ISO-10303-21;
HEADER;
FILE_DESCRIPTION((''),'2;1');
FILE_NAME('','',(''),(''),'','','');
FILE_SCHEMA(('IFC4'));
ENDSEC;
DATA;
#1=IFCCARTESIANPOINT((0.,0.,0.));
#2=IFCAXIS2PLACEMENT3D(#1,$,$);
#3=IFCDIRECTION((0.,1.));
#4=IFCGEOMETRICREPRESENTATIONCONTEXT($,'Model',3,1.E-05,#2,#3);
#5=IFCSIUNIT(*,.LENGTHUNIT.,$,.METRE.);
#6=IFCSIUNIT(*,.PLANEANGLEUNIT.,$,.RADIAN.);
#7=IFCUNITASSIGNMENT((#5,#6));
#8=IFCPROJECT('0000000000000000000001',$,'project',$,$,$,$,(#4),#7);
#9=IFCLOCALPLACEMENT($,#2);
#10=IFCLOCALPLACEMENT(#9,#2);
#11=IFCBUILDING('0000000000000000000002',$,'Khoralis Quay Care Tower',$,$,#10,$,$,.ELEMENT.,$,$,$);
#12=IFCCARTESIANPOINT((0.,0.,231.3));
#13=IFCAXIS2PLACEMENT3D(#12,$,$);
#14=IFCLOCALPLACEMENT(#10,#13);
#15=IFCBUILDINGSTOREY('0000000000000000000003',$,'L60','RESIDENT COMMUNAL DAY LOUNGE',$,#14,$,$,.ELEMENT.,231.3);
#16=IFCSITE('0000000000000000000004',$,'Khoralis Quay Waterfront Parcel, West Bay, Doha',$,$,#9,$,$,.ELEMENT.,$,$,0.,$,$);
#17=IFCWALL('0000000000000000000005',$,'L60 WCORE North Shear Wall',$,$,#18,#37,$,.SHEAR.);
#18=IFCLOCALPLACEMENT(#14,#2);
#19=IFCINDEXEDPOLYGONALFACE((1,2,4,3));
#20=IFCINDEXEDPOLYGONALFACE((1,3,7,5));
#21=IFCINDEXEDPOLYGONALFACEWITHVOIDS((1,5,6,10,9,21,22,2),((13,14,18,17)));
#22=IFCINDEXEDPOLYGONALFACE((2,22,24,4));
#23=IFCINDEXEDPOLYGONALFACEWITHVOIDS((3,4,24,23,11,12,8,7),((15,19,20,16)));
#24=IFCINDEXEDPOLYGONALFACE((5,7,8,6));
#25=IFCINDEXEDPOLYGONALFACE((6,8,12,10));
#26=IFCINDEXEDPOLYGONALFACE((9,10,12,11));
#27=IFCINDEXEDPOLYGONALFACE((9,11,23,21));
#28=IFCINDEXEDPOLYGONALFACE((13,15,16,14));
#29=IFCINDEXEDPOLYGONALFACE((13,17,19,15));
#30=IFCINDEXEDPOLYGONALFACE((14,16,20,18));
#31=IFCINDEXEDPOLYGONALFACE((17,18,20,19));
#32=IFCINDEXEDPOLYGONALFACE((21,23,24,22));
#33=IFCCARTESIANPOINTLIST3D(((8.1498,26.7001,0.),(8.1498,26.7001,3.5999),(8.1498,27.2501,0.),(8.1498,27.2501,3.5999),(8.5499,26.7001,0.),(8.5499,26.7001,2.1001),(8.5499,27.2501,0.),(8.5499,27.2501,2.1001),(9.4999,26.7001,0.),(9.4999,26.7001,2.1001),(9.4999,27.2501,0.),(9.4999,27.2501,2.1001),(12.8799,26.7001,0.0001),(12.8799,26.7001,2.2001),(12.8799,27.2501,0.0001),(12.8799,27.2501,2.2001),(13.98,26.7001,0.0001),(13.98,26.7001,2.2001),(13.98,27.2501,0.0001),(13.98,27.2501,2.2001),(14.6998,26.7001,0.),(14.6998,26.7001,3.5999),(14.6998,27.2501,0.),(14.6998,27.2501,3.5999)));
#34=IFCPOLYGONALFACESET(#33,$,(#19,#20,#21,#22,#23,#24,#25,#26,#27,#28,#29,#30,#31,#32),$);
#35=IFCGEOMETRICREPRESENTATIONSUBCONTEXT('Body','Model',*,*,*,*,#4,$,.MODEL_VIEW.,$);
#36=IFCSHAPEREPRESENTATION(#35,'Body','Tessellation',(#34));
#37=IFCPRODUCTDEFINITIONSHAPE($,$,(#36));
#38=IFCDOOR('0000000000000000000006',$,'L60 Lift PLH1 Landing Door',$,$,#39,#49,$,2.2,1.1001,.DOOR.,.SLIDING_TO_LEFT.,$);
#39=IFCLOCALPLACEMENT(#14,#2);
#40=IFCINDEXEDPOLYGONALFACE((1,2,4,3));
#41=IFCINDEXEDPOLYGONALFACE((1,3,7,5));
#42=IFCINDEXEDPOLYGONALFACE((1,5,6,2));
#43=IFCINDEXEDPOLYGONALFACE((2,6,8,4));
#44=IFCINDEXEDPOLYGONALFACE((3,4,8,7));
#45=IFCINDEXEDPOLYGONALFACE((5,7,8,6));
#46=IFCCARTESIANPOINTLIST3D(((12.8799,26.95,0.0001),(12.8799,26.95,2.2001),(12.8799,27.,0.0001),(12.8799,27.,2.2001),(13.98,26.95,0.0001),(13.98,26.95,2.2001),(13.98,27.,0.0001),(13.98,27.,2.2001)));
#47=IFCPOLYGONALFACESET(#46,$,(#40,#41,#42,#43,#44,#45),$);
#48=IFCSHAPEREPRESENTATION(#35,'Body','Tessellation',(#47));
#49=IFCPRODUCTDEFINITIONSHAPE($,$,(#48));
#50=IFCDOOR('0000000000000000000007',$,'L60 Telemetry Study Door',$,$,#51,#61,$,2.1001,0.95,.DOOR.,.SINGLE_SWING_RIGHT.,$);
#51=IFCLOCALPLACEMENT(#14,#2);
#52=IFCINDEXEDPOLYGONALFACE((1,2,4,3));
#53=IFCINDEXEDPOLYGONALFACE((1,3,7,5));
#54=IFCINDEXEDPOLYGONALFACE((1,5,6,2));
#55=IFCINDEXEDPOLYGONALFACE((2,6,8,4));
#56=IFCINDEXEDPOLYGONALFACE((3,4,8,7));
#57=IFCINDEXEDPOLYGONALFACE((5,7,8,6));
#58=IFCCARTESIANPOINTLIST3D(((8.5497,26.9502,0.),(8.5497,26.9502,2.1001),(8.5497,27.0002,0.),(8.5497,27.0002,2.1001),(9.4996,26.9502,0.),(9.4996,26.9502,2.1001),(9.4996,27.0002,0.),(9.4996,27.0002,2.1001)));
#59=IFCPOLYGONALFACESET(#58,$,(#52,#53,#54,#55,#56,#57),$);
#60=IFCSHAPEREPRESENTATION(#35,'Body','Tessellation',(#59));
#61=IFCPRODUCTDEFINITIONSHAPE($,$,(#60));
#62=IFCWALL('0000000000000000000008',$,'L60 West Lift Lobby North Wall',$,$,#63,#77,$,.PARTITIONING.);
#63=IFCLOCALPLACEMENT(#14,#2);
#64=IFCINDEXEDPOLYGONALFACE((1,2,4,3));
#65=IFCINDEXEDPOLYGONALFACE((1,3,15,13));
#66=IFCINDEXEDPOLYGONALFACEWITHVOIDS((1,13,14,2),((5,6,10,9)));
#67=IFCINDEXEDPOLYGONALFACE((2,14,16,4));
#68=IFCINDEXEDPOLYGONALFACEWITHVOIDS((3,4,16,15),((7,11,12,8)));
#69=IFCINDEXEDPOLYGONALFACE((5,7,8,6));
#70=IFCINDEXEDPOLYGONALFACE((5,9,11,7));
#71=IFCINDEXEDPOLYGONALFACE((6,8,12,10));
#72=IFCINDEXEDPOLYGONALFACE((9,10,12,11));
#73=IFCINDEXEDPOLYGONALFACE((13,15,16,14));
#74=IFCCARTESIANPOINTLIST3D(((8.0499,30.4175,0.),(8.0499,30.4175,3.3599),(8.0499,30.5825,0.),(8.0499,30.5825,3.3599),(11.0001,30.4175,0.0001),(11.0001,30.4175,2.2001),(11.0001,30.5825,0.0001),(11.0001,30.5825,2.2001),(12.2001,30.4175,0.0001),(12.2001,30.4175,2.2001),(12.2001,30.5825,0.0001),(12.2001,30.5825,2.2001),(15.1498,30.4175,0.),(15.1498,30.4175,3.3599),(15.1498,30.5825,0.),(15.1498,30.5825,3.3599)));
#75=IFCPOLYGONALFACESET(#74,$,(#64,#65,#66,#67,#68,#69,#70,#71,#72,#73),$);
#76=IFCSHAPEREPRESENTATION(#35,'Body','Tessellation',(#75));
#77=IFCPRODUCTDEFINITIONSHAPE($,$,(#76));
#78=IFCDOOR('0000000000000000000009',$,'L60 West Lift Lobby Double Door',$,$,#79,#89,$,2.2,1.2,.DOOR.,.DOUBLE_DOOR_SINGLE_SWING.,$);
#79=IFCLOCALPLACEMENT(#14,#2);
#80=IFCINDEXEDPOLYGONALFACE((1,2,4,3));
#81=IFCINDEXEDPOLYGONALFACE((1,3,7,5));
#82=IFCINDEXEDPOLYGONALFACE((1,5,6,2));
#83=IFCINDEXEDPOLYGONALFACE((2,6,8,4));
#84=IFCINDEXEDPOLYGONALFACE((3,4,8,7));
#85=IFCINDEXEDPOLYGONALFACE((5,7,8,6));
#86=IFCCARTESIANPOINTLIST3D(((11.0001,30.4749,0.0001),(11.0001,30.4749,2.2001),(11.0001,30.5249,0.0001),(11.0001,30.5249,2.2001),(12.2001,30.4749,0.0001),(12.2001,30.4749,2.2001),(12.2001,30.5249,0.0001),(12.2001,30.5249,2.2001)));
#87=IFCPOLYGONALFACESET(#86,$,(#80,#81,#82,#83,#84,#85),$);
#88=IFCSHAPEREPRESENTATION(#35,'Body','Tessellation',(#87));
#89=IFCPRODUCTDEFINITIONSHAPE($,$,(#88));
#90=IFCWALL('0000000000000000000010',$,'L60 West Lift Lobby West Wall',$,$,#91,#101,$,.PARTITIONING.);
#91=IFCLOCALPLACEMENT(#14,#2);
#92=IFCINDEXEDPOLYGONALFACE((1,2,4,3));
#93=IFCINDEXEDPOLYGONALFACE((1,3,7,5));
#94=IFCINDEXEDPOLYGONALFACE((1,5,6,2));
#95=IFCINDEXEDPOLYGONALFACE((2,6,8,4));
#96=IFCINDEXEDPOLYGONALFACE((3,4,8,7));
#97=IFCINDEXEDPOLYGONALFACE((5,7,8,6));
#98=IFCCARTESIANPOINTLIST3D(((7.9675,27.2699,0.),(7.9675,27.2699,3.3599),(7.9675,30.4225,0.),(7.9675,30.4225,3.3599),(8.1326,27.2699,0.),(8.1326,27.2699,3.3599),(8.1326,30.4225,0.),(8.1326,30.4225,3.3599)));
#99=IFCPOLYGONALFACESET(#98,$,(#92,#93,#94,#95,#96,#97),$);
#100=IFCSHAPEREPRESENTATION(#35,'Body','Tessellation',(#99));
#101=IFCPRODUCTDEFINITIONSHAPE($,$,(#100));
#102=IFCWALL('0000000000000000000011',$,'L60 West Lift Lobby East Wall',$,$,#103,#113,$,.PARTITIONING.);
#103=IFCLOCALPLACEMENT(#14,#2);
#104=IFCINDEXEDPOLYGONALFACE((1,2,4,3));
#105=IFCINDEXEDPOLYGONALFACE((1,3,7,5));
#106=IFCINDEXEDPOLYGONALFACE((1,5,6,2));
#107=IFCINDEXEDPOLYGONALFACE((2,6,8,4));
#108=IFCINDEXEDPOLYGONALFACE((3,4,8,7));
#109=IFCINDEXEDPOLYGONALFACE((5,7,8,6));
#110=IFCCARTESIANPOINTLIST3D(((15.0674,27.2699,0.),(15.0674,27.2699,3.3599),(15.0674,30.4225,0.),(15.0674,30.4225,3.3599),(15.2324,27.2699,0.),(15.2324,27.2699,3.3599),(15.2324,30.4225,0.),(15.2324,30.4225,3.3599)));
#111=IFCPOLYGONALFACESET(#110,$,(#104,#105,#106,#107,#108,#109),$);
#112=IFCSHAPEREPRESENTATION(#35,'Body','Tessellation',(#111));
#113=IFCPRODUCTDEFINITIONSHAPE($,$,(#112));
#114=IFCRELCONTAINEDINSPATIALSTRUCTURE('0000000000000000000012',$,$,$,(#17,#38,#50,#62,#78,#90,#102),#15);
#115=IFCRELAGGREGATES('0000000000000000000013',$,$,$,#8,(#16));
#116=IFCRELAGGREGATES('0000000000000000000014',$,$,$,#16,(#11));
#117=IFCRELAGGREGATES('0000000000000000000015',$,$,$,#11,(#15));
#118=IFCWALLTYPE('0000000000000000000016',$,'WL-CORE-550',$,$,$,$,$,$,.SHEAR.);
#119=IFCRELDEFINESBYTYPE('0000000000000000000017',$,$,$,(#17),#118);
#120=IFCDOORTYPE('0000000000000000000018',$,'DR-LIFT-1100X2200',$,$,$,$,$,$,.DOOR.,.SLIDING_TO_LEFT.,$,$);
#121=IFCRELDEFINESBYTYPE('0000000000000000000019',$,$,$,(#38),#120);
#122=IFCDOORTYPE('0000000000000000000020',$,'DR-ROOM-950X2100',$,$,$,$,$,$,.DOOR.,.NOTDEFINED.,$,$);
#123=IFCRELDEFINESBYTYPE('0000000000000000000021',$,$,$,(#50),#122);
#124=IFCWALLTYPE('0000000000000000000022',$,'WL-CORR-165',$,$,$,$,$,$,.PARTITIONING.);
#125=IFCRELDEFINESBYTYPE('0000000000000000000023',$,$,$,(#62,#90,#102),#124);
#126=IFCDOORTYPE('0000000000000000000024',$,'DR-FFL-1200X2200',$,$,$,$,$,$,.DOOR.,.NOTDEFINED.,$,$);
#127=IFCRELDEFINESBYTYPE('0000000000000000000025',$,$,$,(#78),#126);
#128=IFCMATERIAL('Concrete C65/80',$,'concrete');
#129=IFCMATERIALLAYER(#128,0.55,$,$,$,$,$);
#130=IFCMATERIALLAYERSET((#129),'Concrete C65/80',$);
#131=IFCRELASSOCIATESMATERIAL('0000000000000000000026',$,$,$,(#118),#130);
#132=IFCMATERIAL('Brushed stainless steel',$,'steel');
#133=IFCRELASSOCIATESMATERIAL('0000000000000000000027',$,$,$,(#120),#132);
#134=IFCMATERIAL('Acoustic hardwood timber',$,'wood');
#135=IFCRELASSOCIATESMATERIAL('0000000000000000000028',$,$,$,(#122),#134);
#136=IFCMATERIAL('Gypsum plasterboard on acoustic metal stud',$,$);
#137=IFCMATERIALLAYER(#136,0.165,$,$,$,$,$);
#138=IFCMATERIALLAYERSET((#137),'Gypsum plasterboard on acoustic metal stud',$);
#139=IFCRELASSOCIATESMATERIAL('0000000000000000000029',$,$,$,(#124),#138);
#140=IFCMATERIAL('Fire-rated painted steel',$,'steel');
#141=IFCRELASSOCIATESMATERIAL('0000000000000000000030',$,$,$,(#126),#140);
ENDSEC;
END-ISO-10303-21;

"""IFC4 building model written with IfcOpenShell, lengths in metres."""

from ifc_helpers import new_model, si_unit, direction, frame, frame_2d, origin, place, context, subcontext, project, spatial, rectangle, extrude, source, transform, mapped, material, layer, layer_set, type_object, element, fill, save


model = new_model("IFC4")

# Units and contexts
model_context = context("Model", 3, precision=1e-05, world=origin(), true_north=direction((0.0, 1.0)))
body_context = subcontext(model_context, "Body", "Model", "MODEL_VIEW")
ifc_project = project(units=[si_unit("LENGTHUNIT", "METRE"), si_unit("PLANEANGLEUNIT", "RADIAN")], contexts=[model_context])

# Site, building, storey
site_placement = place(None, origin())
site = spatial("IfcSite", under=ifc_project, at=site_placement, Name="Khoralis Quay Waterfront Parcel, West Bay, Doha", CompositionType="ELEMENT", RefElevation=0.0)
building_placement = place(site_placement, origin())
building = spatial("IfcBuilding", under=site, at=building_placement, Name="Khoralis Quay Care Tower", CompositionType="ELEMENT")
storey_placement = place(building_placement, frame((0.0, 0.0, 231.3)))
storey = spatial("IfcBuildingStorey", under=building, at=storey_placement, Name="L60", Description="RESIDENT COMMUNAL DAY LOUNGE", CompositionType="ELEMENT", Elevation=231.3)

# Wall, openings, doors
ifc_material_1 = material(Name="Concrete C65/80", Category="concrete")
ifc_layer_1 = layer(ifc_material_1, 0.55)
ifc_layer_set_1 = layer_set([ifc_layer_1], Name="Concrete C65/80")
wall_type_1 = type_object("IfcWallType", Name="WL-CORE-550", PredefinedType="SHEAR", material=ifc_layer_set_1)
wall_1_placement = place(storey_placement, frame((8.1499, 26.9751, 0.0), z_axis=(0.0, 0.0, 1.0), x_axis=(1.0, 0.0, 0.0)))
wall_1 = element("IfcWall", 1, at=wall_1_placement, inside=storey, type_object=wall_type_1, Name="L60 WCORE North Shear Wall", PredefinedType="SHEAR", context=body_context, shape_type="SweptSolid", body=[
    extrude(rectangle(XDim=6.55, YDim=0.55, at=frame_2d((3.2749, 0.0))), origin(), (0.0, 0.0, 1.0), 3.5999),
])
opening_1_placement = place(wall_1_placement, frame((0.3999, 0.0, 0.0)))
opening_1 = element("IfcOpeningElement", 2, at=opening_1_placement, cuts=wall_1, PredefinedType="OPENING", context=body_context, shape_type="SweptSolid", body=[
    extrude(rectangle(XDim=0.95, YDim=2.1001, at=frame_2d((0.4751, 1.05))), frame((0.0, 0.2852, 0.0), z_axis=(0.0, -1.0, 0.0), x_axis=(1.0, 0.0, 0.0)), (0.0, 0.0, 1.0), 0.5701),
])
opening_2_placement = place(wall_1_placement, frame((4.73, 0.0, 0.0)))
opening_2 = element("IfcOpeningElement", 3, at=opening_2_placement, cuts=wall_1, PredefinedType="OPENING", context=body_context, shape_type="SweptSolid", body=[
    extrude(rectangle(XDim=1.1001, YDim=2.2, at=frame_2d((0.55, 1.1001))), frame((0.0, 0.2852, 0.0), z_axis=(0.0, -1.0, 0.0), x_axis=(1.0, 0.0, 0.0)), (0.0, 0.0, 1.0), 0.5701),
])
ifc_material_2 = material(Name="Brushed stainless steel", Category="steel")
door_type_1 = type_object("IfcDoorType", Name="DR-LIFT-1100X2200", OperationType="SLIDING_TO_LEFT", PredefinedType="DOOR", material=ifc_material_2)
shared_shape_1 = source(origin(), body_context, "Body", "SweptSolid", [
    extrude(rectangle(XDim=1.1001, YDim=2.2, at=frame_2d((0.55, 1.1001))), frame((0.0, 0.0249, 0.0), z_axis=(0.0, -1.0, 0.0), x_axis=(1.0, 0.0, 0.0)), (0.0, 0.0, 1.0), 0.05),
])
door_1_placement = place(opening_2_placement, origin())
door_1 = element("IfcDoor", 4, at=door_1_placement, inside=storey, type_object=door_type_1, Name="L60 Lift PLH1 Landing Door", OperationType="SLIDING_TO_LEFT", OverallHeight=2.2, OverallWidth=1.1001, PredefinedType="DOOR", context=body_context, shape_type="MappedRepresentation", body=[
    mapped(shared_shape_1, transform((0.0, 0.0, 0.0), scale=1.0)),
])
fill(opening_2, door_1)
ifc_material_3 = material(Name="Acoustic hardwood timber", Category="wood")
door_type_2 = type_object("IfcDoorType", Name="DR-ROOM-950X2100", OperationType="NOTDEFINED", PredefinedType="DOOR", material=ifc_material_3)
shared_shape_2 = source(origin(), body_context, "Body", "SweptSolid", [
    extrude(rectangle(XDim=0.95, YDim=2.1001, at=frame_2d((0.4751, 1.05))), frame((0.0, 0.0249, 0.0), z_axis=(0.0, -1.0, 0.0), x_axis=(1.0, 0.0, 0.0)), (0.0, 0.0, 1.0), 0.05),
])
door_2_placement = place(opening_1_placement, frame((0.95, 0.0, 0.0), z_axis=(0.0, 0.0, 1.0), x_axis=(-1.0, 0.0, 0.0)))
door_2 = element("IfcDoor", 5, at=door_2_placement, inside=storey, type_object=door_type_2, Name="L60 Telemetry Study Door", OperationType="SINGLE_SWING_RIGHT", OverallHeight=2.1001, OverallWidth=0.95, PredefinedType="DOOR", context=body_context, shape_type="MappedRepresentation", body=[
    mapped(shared_shape_2, transform((0.0, 0.0, 0.0), scale=1.0)),
])
fill(opening_1, door_2)

# Wall, opening, door
ifc_material_4 = material(Name="Gypsum plasterboard on acoustic metal stud")
ifc_layer_2 = layer(ifc_material_4, 0.165)
ifc_layer_set_2 = layer_set([ifc_layer_2], Name="Gypsum plasterboard on acoustic metal stud")
wall_type_2 = type_object("IfcWallType", Name="WL-CORR-165", PredefinedType="PARTITIONING", material=ifc_layer_set_2)
wall_2_placement = place(storey_placement, frame((8.05, 30.5, 0.0), z_axis=(0.0, 0.0, 1.0), x_axis=(1.0, 0.0, 0.0)))
wall_2 = element("IfcWall", 6, at=wall_2_placement, inside=storey, type_object=wall_type_2, Name="L60 West Lift Lobby North Wall", PredefinedType="PARTITIONING", context=body_context, shape_type="SweptSolid", body=[
    extrude(rectangle(XDim=7.0999, YDim=0.165, at=frame_2d((3.5498, 0.0))), origin(), (0.0, 0.0, 1.0), 3.3599),
])
opening_3_placement = place(wall_2_placement, frame((2.95, 0.0, 0.0)))
opening_3 = element("IfcOpeningElement", 7, at=opening_3_placement, cuts=wall_2, PredefinedType="OPENING", context=body_context, shape_type="SweptSolid", body=[
    extrude(rectangle(XDim=1.2, YDim=2.2, at=frame_2d((0.6001, 1.1001))), frame((0.0, 0.0925, 0.0), z_axis=(0.0, -1.0, 0.0), x_axis=(1.0, 0.0, 0.0)), (0.0, 0.0, 1.0), 0.1851),
])
ifc_material_5 = material(Name="Fire-rated painted steel", Category="steel")
door_type_3 = type_object("IfcDoorType", Name="DR-FFL-1200X2200", OperationType="NOTDEFINED", PredefinedType="DOOR", material=ifc_material_5)
shared_shape_3 = source(origin(), body_context, "Body", "SweptSolid", [
    extrude(rectangle(XDim=1.2, YDim=2.2, at=frame_2d((0.6001, 1.1001))), frame((0.0, 0.0249, 0.0), z_axis=(0.0, -1.0, 0.0), x_axis=(1.0, 0.0, 0.0)), (0.0, 0.0, 1.0), 0.05),
])
door_3_placement = place(opening_3_placement, origin())
door_3 = element("IfcDoor", 8, at=door_3_placement, inside=storey, type_object=door_type_3, Name="L60 West Lift Lobby Double Door", OperationType="DOUBLE_DOOR_SINGLE_SWING", OverallHeight=2.2, OverallWidth=1.2, PredefinedType="DOOR", context=body_context, shape_type="MappedRepresentation", body=[
    mapped(shared_shape_3, transform((0.0, 0.0, 0.0), scale=1.0)),
])
fill(opening_3, door_3)

# Walls
for number, where, z_axis, x_axis, name in (
    (9, (8.05, 27.27, 0.0), (0.0, 0.0, 1.0), (0.0, 1.0, 0.0), "L60 West Lift Lobby West Wall"),
    (10, (15.1499, 27.27, 0.0), (0.0, 0.0, 1.0), (0.0, 1.0, 0.0), "L60 West Lift Lobby East Wall"),
):
    element("IfcWall", number, at=place(storey_placement, frame(where, z_axis=z_axis, x_axis=x_axis)), inside=storey, type_object=wall_type_2, Name=name, PredefinedType="PARTITIONING", context=body_context, shape_type="SweptSolid", body=[
        extrude(rectangle(XDim=3.1526, YDim=0.165, at=frame_2d((1.5762, 0.0))), origin(), (0.0, 0.0, 1.0), 3.3599),
    ])

save(model, "model.ifc")
